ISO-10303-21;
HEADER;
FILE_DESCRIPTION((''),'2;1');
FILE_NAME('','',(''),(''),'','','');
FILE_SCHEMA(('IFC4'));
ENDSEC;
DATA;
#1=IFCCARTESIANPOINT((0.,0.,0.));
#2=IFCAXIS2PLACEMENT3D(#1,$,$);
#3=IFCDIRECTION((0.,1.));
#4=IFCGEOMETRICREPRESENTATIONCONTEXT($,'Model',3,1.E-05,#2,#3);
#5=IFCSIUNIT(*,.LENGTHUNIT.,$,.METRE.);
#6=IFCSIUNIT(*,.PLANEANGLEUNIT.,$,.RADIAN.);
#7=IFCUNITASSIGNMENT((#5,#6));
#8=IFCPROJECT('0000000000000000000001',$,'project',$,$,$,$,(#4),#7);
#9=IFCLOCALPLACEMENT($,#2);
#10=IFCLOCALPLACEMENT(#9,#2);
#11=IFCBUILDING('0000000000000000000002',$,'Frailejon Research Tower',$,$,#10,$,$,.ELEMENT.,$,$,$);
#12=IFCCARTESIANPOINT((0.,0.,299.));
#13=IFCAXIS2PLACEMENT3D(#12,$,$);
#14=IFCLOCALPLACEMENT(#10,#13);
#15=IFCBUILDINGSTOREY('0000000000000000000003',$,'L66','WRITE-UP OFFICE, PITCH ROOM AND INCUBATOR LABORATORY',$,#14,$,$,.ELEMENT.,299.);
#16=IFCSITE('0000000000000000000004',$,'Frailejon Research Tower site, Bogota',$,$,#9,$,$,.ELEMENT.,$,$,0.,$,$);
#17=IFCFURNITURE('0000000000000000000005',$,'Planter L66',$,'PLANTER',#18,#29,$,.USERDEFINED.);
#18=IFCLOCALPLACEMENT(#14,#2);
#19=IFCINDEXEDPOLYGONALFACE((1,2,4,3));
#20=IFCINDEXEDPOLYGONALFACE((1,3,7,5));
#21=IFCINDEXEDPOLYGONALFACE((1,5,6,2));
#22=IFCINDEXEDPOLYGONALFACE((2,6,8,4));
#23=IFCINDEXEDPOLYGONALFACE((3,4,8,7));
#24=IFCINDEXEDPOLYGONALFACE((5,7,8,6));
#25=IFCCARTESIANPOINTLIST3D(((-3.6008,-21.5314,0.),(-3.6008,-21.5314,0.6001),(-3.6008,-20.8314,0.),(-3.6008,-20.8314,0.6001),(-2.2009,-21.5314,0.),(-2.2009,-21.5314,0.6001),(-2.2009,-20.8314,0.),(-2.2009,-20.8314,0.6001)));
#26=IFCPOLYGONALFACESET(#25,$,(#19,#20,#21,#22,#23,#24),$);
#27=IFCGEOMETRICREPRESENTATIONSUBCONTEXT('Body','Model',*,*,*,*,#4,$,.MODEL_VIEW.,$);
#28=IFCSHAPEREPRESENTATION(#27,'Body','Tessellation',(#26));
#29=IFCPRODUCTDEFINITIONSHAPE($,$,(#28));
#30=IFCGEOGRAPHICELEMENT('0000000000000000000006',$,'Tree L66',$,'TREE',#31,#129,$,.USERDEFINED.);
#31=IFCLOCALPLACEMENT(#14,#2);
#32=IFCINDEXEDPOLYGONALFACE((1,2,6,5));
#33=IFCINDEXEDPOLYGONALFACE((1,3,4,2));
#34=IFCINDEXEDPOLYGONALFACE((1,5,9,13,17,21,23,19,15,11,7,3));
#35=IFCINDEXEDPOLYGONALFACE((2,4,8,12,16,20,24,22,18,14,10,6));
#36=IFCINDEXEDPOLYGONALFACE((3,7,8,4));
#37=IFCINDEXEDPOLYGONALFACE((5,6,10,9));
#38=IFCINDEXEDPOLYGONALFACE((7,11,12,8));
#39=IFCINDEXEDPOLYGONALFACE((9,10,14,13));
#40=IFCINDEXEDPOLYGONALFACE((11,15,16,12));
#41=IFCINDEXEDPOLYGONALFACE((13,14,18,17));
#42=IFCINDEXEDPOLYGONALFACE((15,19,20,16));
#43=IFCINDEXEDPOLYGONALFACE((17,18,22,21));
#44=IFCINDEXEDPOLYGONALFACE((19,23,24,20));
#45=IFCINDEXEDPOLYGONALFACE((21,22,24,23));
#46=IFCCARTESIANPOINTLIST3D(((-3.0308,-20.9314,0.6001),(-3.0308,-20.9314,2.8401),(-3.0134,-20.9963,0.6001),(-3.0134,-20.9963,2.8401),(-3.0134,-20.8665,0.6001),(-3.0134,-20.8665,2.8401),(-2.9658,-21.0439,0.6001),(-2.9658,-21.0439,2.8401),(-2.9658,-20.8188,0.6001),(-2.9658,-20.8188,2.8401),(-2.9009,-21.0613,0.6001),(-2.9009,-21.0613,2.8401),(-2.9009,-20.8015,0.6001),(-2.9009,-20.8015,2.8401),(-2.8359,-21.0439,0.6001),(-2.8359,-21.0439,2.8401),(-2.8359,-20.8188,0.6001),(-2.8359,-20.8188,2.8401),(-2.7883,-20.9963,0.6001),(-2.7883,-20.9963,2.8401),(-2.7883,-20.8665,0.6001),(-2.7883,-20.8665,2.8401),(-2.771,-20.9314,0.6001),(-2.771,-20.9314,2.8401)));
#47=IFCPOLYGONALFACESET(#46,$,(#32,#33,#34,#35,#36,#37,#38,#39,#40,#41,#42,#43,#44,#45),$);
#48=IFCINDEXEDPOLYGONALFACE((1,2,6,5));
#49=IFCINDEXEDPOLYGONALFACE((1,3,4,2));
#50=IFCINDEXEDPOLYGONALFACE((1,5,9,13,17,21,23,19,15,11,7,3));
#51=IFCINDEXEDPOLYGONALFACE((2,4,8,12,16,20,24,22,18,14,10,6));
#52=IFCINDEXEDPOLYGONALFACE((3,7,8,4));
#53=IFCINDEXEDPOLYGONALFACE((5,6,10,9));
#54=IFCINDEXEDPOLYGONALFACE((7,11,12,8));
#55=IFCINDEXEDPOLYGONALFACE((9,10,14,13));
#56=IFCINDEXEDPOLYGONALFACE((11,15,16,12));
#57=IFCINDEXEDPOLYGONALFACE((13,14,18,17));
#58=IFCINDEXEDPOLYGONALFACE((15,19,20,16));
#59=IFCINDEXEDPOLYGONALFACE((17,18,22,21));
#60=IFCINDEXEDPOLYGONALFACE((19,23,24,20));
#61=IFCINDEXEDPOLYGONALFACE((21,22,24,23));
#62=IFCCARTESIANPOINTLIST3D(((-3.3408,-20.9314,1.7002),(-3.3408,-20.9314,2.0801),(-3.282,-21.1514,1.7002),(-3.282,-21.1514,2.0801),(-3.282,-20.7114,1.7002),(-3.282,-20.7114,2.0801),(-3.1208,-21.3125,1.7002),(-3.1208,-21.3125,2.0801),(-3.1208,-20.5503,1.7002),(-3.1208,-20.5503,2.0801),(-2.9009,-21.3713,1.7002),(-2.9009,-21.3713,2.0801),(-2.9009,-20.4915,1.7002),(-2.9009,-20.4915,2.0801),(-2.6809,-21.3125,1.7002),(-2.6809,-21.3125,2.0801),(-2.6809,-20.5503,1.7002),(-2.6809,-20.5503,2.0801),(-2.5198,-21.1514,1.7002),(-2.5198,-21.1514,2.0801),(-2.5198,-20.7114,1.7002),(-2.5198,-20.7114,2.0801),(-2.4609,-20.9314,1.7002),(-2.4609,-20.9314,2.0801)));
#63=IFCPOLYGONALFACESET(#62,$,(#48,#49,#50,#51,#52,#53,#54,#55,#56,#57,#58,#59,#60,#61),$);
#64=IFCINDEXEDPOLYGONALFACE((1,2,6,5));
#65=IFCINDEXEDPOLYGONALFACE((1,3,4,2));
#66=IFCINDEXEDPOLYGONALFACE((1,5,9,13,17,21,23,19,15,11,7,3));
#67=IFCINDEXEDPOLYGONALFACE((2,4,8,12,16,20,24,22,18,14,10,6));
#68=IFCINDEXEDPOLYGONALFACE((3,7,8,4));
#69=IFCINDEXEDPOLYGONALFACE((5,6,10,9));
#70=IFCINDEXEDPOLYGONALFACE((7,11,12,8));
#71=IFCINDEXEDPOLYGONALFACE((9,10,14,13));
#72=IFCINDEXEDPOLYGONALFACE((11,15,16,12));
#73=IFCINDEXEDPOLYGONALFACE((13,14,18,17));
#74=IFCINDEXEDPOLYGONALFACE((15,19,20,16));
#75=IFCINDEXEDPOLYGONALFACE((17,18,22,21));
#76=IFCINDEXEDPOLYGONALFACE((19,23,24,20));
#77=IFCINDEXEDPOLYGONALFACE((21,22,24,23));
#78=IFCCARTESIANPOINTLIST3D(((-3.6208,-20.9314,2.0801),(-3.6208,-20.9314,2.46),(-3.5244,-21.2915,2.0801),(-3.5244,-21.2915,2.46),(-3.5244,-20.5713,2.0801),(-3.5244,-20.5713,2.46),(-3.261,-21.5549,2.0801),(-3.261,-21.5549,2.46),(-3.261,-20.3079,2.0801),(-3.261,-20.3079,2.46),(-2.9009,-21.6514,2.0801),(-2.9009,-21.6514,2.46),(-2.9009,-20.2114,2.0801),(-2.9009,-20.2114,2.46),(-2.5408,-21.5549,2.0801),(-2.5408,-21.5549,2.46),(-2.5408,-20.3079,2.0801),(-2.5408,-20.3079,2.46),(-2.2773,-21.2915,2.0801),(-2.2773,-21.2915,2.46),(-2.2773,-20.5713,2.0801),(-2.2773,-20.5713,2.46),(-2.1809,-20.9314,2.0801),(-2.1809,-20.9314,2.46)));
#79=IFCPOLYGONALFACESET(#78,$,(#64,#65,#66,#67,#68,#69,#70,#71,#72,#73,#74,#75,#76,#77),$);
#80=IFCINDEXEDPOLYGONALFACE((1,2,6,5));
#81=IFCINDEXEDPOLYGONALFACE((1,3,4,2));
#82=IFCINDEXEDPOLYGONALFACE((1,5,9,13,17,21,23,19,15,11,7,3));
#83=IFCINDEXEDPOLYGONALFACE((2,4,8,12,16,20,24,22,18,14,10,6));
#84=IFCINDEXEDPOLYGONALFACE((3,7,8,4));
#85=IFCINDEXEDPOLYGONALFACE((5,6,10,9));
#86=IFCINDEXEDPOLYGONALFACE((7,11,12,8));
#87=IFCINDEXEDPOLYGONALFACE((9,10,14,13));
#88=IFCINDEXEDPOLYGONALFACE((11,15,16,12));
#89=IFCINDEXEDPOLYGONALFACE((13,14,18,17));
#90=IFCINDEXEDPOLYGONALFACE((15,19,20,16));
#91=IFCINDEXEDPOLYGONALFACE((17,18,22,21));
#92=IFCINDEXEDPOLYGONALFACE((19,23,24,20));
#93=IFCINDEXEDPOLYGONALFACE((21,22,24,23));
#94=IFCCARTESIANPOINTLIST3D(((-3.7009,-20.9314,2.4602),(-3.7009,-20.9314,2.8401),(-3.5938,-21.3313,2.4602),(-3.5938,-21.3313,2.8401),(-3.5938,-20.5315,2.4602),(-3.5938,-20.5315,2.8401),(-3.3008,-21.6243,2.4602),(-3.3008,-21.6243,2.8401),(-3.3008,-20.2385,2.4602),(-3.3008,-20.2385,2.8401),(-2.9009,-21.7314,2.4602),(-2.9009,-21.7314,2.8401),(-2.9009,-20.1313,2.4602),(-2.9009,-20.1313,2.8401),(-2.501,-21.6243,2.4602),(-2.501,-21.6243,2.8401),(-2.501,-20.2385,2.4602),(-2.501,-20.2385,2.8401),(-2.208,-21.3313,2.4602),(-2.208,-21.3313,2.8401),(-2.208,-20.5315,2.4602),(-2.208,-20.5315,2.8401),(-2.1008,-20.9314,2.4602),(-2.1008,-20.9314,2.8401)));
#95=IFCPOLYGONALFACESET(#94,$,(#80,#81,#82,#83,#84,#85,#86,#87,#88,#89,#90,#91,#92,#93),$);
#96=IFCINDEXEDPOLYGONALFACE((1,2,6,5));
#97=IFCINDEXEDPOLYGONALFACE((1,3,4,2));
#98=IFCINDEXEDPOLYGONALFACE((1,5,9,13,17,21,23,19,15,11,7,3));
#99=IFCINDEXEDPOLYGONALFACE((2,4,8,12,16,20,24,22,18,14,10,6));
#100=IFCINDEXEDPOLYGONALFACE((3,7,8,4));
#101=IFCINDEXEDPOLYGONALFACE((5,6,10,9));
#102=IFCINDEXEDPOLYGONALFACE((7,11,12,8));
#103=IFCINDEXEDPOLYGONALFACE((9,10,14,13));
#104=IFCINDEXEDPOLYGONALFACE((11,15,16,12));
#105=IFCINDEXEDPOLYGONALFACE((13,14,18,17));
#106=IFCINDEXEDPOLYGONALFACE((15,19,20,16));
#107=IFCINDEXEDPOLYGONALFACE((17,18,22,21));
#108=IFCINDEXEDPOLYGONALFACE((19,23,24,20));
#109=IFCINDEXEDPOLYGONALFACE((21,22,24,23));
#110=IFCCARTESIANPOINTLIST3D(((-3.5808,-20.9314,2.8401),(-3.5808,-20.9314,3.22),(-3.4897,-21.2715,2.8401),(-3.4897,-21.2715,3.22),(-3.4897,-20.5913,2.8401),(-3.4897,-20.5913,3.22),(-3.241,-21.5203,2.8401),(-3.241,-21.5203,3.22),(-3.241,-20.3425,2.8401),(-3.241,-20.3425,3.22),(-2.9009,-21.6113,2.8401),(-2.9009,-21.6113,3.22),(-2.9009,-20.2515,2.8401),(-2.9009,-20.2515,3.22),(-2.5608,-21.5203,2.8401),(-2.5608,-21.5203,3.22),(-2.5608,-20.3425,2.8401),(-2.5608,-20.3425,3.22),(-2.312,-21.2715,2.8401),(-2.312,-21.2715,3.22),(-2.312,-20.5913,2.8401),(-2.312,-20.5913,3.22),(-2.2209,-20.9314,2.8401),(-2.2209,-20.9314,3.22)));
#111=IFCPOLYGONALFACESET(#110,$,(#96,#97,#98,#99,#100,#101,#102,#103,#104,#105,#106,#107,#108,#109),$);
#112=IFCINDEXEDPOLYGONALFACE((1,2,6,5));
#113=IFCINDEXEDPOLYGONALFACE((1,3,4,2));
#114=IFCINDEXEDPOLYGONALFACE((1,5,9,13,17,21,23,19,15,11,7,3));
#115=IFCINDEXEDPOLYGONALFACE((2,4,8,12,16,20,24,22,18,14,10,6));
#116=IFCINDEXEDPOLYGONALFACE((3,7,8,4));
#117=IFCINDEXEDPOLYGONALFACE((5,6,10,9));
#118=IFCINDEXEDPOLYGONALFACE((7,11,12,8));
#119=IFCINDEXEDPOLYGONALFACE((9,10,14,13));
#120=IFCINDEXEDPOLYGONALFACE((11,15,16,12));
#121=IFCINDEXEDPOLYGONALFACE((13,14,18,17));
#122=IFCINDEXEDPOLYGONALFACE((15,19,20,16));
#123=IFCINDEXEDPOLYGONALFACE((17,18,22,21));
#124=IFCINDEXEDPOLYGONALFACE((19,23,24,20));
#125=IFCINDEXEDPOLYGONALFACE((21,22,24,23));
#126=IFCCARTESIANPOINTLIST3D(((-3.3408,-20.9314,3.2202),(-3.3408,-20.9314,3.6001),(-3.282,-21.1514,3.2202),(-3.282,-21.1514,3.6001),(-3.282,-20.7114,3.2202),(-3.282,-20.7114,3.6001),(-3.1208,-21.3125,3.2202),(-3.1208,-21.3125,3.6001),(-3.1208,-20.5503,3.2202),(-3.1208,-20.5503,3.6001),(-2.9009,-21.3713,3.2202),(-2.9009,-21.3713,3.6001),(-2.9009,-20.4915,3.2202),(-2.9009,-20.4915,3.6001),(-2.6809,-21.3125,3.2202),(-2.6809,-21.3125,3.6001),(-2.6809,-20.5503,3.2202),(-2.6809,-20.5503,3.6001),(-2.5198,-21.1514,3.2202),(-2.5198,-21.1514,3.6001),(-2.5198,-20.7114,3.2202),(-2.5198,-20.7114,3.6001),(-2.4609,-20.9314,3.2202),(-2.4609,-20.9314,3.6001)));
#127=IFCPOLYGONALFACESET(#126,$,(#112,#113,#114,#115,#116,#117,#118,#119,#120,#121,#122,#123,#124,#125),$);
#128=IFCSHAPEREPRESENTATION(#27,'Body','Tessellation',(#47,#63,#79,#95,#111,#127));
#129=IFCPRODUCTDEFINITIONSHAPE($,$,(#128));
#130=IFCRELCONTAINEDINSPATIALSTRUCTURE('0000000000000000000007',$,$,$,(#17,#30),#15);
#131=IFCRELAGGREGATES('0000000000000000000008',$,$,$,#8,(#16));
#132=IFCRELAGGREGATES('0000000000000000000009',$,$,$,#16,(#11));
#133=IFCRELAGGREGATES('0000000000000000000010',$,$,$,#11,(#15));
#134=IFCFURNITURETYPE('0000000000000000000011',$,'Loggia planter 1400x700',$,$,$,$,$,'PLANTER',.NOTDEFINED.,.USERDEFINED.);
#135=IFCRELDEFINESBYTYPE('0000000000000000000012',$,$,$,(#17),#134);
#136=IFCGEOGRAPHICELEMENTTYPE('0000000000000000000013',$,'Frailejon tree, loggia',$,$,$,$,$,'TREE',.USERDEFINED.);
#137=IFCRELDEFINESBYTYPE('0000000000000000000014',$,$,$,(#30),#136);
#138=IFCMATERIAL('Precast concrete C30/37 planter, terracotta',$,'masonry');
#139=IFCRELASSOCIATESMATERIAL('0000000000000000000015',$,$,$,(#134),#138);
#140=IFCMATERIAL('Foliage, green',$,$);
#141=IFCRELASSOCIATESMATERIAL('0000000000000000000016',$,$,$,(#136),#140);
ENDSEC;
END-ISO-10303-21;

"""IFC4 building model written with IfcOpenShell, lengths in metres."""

from ifc_helpers import new_model, si_unit, direction, frame, origin, origin_2d, place, context, subcontext, project, spatial, polyline, rectangle, outline, extrude, material, type_object, element, save


model = new_model("IFC4")

# Units and contexts
model_context = context("Model", 3, precision=1e-05, world=origin(), true_north=direction((0.0, 1.0)))
body_context = subcontext(model_context, "Body", "Model", "MODEL_VIEW")
ifc_project = project(units=[si_unit("LENGTHUNIT", "METRE"), si_unit("PLANEANGLEUNIT", "RADIAN")], contexts=[model_context])

# Site, building, storey
site_placement = place(None, origin())
site = spatial("IfcSite", under=ifc_project, at=site_placement, Name="Frailejon Research Tower site, Bogota", CompositionType="ELEMENT", RefElevation=0.0)
building_placement = place(site_placement, origin())
building = spatial("IfcBuilding", under=site, at=building_placement, Name="Frailejon Research Tower", CompositionType="ELEMENT")
storey_placement = place(building_placement, frame((0.0, 0.0, 299.0)))
storey = spatial("IfcBuildingStorey", under=building, at=storey_placement, Name="L66", Description="WRITE-UP OFFICE, PITCH ROOM AND INCUBATOR LABORATORY", CompositionType="ELEMENT", Elevation=299.0)

# Furniture
ifc_material_1 = material(Name="Precast concrete C30/37 planter, terracotta", Category="masonry")
furniture_type = type_object("IfcFurnitureType", Name="Loggia planter 1400x700", ElementType="PLANTER", AssemblyPlace="NOTDEFINED", PredefinedType="USERDEFINED", material=ifc_material_1)
furniture_placement = place(storey_placement, frame((-2.9009, -21.1814, 0.0), z_axis=(0.0, 0.0, 1.0), x_axis=(1.0, 0.0, 0.0)))
element("IfcFurniture", 1, at=furniture_placement, inside=storey, type_object=furniture_type, Name="Planter L66", ObjectType="PLANTER", PredefinedType="USERDEFINED", context=body_context, shape_type="SweptSolid", body=[
    extrude(rectangle(XDim=1.3999, YDim=0.7, at=origin_2d()), origin(), (0.0, 0.0, 1.0), 0.6001),
])

# Geographic element
ifc_material_2 = material(Name="Foliage, green")
geographic_element_type = type_object("IfcGeographicElementType", Name="Frailejon tree, loggia", ElementType="TREE", PredefinedType="USERDEFINED", material=ifc_material_2)
geographic_element_placement = place(storey_placement, frame((-2.9009, -20.9314, 0.6001)))
element("IfcGeographicElement", 2, at=geographic_element_placement, inside=storey, type_object=geographic_element_type, Name="Tree L66", ObjectType="TREE", PredefinedType="USERDEFINED", context=body_context, shape_type="SweptSolid", body=[
    extrude(outline(polyline([(0.1299, 0.0), (0.1125, 0.0649), (0.0649, 0.1125), (0.0, 0.1299), (-0.0649, 0.1125), (-0.1125, 0.0649), (-0.1299, 0.0), (-0.1125, -0.0649), (-0.0649, -0.1125), (0.0, -0.1299), (0.0649, -0.1125), (0.1125, -0.0649), (0.1299, 0.0)])), origin(), (0.0, 0.0, 1.0), 2.24),
    extrude(outline(polyline([(0.4399, 0.0), (0.3811, 0.22), (0.22, 0.3811), (0.0, 0.4399), (-0.22, 0.3811), (-0.3811, 0.22), (-0.4399, 0.0), (-0.3811, -0.22), (-0.22, -0.3811), (0.0, -0.4399), (0.22, -0.3811), (0.3811, -0.22), (0.4399, 0.0)])), frame((0.0, 0.0, 1.1001)), (0.0, 0.0, 1.0), 0.3799),
    extrude(outline(polyline([(0.72, 0.0), (0.6235, 0.3601), (0.3601, 0.6235), (0.0, 0.72), (-0.3601, 0.6235), (-0.6235, 0.3601), (-0.72, 0.0), (-0.6235, -0.3601), (-0.3601, -0.6235), (0.0, -0.72), (0.3601, -0.6235), (0.6235, -0.3601), (0.72, 0.0)])), frame((0.0, 0.0, 1.48)), (0.0, 0.0, 1.0), 0.3799),
    extrude(outline(polyline([(0.8, 0.0), (0.6929, 0.3999), (0.3999, 0.6929), (0.0, 0.8), (-0.3999, 0.6929), (-0.6929, 0.3999), (-0.8, 0.0), (-0.6929, -0.3999), (-0.3999, -0.6929), (0.0, -0.8), (0.3999, -0.6929), (0.6929, -0.3999), (0.8, 0.0)])), frame((0.0, 0.0, 1.8601)), (0.0, 0.0, 1.0), 0.3799),
    extrude(outline(polyline([(0.6799, 0.0), (0.5889, 0.3401), (0.3401, 0.5889), (0.0, 0.6799), (-0.3401, 0.5889), (-0.5889, 0.3401), (-0.6799, 0.0), (-0.5889, -0.3401), (-0.3401, -0.5889), (0.0, -0.6799), (0.3401, -0.5889), (0.5889, -0.3401), (0.6799, 0.0)])), frame((0.0, 0.0, 2.24)), (0.0, 0.0, 1.0), 0.3799),
    extrude(outline(polyline([(0.4399, 0.0), (0.3811, 0.22), (0.22, 0.3811), (0.0, 0.4399), (-0.22, 0.3811), (-0.3811, 0.22), (-0.4399, 0.0), (-0.3811, -0.22), (-0.22, -0.3811), (0.0, -0.4399), (0.22, -0.3811), (0.3811, -0.22), (0.4399, 0.0)])), frame((0.0, 0.0, 2.6201)), (0.0, 0.0, 1.0), 0.3799),
])

save(model, "model.ifc")
